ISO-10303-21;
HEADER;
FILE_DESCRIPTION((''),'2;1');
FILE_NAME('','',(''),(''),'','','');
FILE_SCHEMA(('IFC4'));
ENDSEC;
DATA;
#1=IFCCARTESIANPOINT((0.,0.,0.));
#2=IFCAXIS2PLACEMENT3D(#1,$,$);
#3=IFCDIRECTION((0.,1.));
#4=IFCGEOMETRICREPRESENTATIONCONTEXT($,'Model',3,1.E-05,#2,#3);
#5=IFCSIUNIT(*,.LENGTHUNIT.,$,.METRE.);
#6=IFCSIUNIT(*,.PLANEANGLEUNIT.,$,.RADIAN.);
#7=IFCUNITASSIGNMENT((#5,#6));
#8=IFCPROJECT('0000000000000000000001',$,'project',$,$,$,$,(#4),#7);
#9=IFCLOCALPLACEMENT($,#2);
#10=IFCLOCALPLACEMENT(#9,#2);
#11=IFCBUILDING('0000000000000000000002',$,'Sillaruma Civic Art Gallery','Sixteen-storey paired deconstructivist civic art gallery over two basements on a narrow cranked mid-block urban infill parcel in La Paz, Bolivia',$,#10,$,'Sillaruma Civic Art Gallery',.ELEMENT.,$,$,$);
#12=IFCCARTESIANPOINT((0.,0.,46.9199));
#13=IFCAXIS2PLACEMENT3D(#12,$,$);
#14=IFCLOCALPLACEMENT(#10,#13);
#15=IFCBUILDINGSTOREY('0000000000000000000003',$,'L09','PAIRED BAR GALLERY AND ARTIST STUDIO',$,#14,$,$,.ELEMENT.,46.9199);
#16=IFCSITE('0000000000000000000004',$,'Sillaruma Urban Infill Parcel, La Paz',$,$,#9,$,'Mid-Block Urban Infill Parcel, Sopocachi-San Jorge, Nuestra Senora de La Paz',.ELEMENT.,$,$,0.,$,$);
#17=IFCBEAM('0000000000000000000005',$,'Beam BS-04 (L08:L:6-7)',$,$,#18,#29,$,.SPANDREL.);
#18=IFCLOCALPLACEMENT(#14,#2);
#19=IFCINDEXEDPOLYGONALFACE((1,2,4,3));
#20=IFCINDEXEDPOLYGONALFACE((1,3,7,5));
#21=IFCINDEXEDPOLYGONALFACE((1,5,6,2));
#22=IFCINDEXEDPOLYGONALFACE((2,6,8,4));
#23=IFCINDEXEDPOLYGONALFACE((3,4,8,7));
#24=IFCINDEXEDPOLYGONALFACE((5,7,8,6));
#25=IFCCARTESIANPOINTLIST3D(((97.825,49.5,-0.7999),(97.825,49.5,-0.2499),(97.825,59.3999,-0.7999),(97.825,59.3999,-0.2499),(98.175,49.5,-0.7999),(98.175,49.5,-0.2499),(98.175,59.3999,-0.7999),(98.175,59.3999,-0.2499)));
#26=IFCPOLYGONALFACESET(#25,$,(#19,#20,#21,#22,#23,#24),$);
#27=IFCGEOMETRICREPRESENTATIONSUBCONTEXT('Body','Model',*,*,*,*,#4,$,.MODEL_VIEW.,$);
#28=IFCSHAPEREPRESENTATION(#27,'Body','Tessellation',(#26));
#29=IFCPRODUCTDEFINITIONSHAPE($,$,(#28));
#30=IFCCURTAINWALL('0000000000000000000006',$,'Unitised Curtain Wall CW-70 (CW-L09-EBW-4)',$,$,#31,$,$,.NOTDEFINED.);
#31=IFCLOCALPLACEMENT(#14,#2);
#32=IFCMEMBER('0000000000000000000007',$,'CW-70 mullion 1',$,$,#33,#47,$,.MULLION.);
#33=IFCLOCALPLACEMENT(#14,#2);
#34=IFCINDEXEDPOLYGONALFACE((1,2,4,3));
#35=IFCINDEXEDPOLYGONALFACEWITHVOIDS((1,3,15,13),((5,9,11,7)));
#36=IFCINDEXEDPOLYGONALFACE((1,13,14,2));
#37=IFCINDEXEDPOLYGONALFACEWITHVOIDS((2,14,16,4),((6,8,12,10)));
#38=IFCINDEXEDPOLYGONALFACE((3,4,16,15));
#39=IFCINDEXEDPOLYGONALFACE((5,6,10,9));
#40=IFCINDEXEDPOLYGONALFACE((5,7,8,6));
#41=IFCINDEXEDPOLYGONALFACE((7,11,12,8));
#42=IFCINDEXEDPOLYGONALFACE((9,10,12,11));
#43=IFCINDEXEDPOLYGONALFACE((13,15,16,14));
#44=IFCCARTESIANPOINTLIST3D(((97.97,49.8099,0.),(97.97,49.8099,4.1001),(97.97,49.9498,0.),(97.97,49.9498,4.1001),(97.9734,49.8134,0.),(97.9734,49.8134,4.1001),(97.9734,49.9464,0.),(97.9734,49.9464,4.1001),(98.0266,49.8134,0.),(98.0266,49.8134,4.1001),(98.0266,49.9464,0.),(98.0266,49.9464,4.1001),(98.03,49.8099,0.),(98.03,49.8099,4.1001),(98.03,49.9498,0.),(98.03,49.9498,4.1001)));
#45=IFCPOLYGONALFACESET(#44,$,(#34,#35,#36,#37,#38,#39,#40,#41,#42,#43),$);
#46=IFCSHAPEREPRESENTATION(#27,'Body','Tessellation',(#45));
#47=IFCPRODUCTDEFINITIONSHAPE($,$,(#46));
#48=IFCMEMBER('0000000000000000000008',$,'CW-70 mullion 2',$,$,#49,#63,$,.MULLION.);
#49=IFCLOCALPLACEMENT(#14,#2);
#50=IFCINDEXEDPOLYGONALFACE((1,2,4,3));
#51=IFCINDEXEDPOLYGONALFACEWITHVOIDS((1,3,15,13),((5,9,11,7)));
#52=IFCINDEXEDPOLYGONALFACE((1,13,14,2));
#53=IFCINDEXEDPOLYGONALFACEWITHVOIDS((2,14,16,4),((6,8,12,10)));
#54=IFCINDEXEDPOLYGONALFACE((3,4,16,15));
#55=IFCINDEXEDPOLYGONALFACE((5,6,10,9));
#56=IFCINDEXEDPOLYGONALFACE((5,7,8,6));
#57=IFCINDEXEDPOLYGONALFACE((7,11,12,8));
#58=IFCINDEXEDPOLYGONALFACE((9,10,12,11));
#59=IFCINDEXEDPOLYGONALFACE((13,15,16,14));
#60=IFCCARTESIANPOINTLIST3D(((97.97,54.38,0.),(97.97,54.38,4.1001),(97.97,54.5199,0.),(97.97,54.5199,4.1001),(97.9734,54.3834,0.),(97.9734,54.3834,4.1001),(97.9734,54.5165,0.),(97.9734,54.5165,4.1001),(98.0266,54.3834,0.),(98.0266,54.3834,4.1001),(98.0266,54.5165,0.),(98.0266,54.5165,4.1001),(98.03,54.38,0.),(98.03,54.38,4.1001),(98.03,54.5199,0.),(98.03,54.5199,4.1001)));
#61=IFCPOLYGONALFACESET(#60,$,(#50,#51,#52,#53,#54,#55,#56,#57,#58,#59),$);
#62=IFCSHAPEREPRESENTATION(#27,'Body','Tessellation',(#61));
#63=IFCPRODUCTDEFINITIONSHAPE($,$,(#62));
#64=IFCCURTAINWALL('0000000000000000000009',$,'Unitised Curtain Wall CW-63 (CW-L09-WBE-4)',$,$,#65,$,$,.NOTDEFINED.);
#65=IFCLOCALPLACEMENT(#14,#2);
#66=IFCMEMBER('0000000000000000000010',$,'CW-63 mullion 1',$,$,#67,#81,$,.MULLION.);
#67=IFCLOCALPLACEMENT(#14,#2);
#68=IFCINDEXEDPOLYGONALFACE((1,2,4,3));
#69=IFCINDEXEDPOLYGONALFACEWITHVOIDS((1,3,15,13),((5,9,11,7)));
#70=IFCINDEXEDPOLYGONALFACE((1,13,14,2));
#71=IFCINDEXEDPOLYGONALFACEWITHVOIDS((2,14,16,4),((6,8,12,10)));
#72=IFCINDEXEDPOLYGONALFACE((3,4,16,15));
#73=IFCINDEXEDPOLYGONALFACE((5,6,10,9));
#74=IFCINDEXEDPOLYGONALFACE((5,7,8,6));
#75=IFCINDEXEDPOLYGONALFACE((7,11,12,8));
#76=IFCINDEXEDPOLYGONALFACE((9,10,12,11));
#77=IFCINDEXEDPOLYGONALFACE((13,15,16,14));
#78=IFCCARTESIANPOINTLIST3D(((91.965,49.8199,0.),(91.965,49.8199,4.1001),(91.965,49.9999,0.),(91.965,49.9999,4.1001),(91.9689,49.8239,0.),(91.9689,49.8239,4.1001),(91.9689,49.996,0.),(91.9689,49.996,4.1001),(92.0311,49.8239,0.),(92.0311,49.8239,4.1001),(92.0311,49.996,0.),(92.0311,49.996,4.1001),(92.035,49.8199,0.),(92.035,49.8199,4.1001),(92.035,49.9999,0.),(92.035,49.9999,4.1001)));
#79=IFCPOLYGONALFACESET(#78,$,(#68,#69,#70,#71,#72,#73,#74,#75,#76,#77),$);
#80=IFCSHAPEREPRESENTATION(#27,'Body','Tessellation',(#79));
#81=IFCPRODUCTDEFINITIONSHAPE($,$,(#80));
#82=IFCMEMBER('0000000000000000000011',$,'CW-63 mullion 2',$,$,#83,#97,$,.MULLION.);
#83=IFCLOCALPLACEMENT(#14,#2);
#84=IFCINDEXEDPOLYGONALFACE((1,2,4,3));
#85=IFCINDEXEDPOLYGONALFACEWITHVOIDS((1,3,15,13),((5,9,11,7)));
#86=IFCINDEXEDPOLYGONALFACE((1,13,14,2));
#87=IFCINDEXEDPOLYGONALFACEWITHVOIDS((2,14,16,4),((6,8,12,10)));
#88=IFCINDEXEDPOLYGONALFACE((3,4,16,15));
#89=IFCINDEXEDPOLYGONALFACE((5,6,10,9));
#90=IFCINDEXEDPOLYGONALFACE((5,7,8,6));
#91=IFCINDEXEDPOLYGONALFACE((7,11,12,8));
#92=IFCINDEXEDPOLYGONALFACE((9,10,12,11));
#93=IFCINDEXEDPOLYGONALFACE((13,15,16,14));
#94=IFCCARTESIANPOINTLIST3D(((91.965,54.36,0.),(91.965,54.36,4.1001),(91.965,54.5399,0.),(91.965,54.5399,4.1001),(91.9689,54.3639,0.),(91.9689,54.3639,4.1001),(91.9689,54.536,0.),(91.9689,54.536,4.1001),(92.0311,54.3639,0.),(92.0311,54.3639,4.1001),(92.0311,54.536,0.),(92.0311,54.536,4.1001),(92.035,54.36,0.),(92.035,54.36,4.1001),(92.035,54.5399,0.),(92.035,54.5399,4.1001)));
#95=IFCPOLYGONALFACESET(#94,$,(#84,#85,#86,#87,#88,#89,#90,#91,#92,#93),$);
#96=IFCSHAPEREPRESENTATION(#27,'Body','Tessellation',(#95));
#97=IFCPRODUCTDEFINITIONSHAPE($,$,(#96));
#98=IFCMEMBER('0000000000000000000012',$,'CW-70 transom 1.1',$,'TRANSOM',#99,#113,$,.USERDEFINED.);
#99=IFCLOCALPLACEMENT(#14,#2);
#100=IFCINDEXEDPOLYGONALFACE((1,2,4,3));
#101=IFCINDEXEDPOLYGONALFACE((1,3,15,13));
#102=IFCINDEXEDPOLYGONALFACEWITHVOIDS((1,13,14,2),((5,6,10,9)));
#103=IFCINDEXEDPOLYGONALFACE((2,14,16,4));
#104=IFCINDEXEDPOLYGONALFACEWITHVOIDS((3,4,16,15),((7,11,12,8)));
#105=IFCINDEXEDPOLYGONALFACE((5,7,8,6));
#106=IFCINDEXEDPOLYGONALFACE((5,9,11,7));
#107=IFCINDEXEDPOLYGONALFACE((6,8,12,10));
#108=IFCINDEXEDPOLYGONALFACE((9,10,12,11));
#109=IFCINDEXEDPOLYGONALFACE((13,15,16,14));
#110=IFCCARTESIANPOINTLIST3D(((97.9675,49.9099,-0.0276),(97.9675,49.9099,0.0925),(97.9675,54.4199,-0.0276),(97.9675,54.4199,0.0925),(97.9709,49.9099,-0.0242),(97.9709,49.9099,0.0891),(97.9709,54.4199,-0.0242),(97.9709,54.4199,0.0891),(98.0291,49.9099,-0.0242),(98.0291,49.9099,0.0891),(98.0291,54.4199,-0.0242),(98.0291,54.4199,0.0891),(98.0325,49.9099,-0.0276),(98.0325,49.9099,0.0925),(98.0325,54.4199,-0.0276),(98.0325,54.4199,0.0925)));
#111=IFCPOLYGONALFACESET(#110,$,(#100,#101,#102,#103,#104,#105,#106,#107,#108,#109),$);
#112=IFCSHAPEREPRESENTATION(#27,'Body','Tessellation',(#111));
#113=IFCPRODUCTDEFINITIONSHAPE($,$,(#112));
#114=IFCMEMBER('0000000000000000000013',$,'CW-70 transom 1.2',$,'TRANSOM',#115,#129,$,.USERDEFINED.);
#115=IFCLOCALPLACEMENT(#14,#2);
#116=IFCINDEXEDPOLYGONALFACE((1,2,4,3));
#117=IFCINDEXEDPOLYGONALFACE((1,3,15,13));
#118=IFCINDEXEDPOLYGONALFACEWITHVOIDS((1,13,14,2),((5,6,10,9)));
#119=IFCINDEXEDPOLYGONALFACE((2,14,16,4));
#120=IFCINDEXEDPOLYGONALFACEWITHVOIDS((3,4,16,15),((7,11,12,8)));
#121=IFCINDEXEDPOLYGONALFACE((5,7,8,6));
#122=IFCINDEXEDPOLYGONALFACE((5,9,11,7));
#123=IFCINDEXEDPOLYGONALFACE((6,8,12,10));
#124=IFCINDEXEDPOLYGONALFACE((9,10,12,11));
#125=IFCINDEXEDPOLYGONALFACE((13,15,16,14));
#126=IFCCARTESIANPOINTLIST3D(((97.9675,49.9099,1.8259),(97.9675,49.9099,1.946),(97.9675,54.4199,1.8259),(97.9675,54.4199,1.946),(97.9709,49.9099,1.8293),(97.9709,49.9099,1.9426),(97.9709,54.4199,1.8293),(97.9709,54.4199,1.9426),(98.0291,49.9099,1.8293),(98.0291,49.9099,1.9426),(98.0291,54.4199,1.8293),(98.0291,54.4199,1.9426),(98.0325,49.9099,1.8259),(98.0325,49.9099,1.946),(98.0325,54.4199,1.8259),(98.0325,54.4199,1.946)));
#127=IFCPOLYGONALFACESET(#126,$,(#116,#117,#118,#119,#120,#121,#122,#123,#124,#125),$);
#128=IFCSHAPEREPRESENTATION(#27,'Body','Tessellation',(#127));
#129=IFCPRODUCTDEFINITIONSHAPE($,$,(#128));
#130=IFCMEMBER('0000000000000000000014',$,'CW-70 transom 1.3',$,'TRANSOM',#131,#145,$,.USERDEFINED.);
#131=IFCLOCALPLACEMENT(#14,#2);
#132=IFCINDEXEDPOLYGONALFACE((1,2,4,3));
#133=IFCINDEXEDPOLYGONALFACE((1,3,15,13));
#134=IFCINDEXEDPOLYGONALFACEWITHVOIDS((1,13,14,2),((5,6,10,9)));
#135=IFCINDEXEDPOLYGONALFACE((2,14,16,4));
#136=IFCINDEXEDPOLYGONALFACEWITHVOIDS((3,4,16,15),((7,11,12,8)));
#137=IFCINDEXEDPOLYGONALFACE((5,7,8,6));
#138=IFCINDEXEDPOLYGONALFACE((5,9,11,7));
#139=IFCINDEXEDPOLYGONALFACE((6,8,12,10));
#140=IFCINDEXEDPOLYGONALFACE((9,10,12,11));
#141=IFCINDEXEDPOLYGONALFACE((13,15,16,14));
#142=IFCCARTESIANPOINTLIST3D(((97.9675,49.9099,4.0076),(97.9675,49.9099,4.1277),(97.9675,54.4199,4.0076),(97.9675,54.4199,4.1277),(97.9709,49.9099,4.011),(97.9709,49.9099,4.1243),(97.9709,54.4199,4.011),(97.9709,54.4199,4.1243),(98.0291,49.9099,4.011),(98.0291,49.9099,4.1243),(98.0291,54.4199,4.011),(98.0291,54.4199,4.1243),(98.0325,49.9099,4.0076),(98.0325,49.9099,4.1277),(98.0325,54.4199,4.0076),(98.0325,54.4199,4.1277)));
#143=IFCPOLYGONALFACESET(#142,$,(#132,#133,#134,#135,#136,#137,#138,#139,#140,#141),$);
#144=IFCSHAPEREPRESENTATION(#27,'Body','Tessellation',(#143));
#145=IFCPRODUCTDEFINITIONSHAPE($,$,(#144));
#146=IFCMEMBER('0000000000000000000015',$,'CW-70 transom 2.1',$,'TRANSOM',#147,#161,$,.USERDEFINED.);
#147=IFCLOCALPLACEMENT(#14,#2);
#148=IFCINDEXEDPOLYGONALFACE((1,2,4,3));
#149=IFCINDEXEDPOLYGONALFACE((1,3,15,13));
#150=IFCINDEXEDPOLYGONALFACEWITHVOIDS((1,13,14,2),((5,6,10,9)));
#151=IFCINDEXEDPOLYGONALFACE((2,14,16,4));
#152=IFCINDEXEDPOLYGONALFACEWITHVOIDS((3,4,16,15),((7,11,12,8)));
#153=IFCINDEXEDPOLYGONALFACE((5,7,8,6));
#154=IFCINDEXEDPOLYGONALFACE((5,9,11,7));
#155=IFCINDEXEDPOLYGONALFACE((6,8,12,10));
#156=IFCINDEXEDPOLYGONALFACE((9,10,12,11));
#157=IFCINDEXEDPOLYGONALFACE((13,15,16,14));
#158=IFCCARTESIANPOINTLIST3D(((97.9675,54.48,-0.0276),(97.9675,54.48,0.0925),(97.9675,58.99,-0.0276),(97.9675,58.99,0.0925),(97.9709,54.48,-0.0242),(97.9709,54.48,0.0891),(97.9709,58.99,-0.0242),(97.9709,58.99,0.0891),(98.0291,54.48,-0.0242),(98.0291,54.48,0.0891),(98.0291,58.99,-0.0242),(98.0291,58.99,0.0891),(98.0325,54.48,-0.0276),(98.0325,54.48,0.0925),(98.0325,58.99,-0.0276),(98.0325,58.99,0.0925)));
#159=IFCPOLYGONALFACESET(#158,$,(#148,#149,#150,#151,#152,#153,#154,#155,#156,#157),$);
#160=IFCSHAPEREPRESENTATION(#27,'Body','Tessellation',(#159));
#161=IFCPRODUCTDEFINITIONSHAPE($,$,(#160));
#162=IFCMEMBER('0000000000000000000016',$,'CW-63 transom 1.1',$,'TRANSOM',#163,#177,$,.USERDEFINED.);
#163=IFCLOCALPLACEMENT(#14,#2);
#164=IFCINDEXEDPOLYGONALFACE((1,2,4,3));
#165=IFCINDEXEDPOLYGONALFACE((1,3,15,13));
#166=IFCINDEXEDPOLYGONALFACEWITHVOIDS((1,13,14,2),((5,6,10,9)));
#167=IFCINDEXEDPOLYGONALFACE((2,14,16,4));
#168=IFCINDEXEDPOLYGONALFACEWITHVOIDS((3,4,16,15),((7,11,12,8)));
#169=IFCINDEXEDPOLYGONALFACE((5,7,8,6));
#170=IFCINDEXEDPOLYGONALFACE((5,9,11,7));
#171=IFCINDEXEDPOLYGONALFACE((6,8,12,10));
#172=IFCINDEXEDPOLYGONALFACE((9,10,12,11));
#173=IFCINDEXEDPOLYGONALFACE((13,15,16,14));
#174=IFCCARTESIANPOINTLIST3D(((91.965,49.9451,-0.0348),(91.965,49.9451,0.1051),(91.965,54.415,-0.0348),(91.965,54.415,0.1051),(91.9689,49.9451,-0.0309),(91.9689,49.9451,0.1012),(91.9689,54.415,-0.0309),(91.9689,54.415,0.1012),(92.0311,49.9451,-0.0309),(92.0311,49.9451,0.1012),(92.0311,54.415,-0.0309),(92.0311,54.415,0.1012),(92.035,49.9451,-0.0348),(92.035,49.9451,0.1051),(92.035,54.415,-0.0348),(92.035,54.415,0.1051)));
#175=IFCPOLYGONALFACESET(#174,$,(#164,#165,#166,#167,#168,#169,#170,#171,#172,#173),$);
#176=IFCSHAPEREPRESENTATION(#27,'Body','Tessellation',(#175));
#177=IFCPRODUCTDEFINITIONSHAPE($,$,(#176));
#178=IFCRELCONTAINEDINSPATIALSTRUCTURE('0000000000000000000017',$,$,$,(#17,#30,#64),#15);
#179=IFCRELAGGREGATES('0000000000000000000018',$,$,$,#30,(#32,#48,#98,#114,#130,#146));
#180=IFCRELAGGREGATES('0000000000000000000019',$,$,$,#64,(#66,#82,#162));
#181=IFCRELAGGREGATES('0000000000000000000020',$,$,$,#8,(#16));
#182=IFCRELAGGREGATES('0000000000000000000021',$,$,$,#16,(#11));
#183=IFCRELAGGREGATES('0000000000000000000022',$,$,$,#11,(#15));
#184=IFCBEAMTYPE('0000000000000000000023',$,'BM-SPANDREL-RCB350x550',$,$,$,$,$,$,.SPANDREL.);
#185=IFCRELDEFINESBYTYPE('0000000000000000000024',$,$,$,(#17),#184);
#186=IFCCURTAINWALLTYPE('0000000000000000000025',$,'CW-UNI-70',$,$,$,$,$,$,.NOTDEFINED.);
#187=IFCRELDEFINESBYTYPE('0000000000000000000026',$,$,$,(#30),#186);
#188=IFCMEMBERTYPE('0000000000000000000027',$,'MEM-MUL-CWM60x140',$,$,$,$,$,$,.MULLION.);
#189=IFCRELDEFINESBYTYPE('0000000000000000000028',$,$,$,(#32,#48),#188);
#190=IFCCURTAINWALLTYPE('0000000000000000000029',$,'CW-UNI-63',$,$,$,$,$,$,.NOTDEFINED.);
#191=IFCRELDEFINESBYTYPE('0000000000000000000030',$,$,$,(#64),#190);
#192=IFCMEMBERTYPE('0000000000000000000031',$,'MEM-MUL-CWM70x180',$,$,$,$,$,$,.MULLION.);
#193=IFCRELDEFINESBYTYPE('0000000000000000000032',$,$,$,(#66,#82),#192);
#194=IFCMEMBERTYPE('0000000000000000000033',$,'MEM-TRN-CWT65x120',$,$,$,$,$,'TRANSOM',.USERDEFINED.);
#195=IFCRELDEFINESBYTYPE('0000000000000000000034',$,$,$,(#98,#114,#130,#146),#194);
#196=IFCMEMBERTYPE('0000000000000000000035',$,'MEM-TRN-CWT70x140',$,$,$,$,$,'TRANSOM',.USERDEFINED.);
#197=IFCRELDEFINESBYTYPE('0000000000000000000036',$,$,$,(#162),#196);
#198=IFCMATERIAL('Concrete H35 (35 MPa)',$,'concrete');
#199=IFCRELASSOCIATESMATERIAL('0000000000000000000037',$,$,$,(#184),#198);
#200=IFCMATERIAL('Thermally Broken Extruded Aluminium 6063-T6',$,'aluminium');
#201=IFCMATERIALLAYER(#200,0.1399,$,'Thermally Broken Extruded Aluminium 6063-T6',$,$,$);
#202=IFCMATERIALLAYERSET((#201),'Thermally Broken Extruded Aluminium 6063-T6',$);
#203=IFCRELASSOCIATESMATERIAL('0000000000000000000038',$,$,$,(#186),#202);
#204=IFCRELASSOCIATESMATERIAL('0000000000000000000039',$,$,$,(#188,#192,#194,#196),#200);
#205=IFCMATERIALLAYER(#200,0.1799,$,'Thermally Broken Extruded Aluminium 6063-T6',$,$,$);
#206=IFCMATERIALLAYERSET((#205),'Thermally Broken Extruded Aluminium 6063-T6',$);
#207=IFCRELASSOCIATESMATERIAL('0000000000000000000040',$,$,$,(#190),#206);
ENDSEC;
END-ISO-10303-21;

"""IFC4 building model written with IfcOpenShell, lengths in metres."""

from ifc_helpers import new_model, si_unit, direction, frame, origin, origin_2d, place, context, subcontext, project, spatial, rectangle, hollow_rectangle, extrude, material, layer, layer_set, material_profile, profile_set, type_object, element, aggregate, save


model = new_model("IFC4")

# Units and contexts
model_context = context("Model", 3, precision=1e-05, world=origin(), true_north=direction((0.0, 1.0)))
body_context = subcontext(model_context, "Body", "Model", "MODEL_VIEW")
ifc_project = project(units=[si_unit("LENGTHUNIT", "METRE"), si_unit("PLANEANGLEUNIT", "RADIAN")], contexts=[model_context])

# Site, building, storey
site_placement = place(None, origin())
site = spatial("IfcSite", under=ifc_project, at=site_placement, Name="Sillaruma Urban Infill Parcel, La Paz", LongName="Mid-Block Urban Infill Parcel, Sopocachi-San Jorge, Nuestra Senora de La Paz", CompositionType="ELEMENT", RefElevation=0.0)
building_placement = place(site_placement, origin())
building = spatial("IfcBuilding", under=site, at=building_placement, Name="Sillaruma Civic Art Gallery", Description="Sixteen-storey paired deconstructivist civic art gallery over two basements on a narrow cranked mid-block urban infill parcel in La Paz, Bolivia", LongName="Sillaruma Civic Art Gallery", CompositionType="ELEMENT")
storey_placement = place(building_placement, frame((0.0, 0.0, 46.9199)))
storey = spatial("IfcBuildingStorey", under=building, at=storey_placement, Name="L09", Description="PAIRED BAR GALLERY AND ARTIST STUDIO", CompositionType="ELEMENT", Elevation=46.9199)

# Beam
ifc_material_1 = material(Name="Concrete H35 (35 MPa)", Category="concrete")
ifc_material_profile_1 = material_profile(ifc_material_1, rectangle(XDim=0.3501, YDim=0.55, at=origin_2d()), Name="RCB350x550")
ifc_profile_set_1 = profile_set([ifc_material_profile_1], Name="Concrete H35 (35 MPa)")
beam_type = type_object("IfcBeamType", Name="BM-SPANDREL-RCB350x550", PredefinedType="SPANDREL", material=ifc_profile_set_1)
beam_placement = place(storey_placement, frame((98.0, 49.5, -0.5249), z_axis=(0.0, 1.0, 0.0), x_axis=(-1.0, 0.0, 0.0)))
element("IfcBeam", 1, at=beam_placement, inside=storey, type_object=beam_type, Name="Beam BS-04 (L08:L:6-7)", PredefinedType="SPANDREL", context=body_context, shape_type="SweptSolid", body=[
    extrude(rectangle(XDim=0.3501, YDim=0.55, at=origin_2d()), origin(), (0.0, 0.0, 1.0), 9.8999),
])

# Curtain walls, members
ifc_material_2 = material(Name="Thermally Broken Extruded Aluminium 6063-T6", Category="aluminium")
ifc_layer_1 = layer(ifc_material_2, 0.1399, Name="Thermally Broken Extruded Aluminium 6063-T6")
ifc_layer_set_1 = layer_set([ifc_layer_1], Name="Thermally Broken Extruded Aluminium 6063-T6")
curtain_wall_type_1 = type_object("IfcCurtainWallType", Name="CW-UNI-70", PredefinedType="NOTDEFINED", material=ifc_layer_set_1)
curtain_wall_1_placement = place(storey_placement, origin())
curtain_wall_1 = element("IfcCurtainWall", 2, at=curtain_wall_1_placement, inside=storey, type_object=curtain_wall_type_1, Name="Unitised Curtain Wall CW-70 (CW-L09-EBW-4)", PredefinedType="NOTDEFINED")
ifc_material_profile_2 = material_profile(ifc_material_2, hollow_rectangle(XDim=0.0601, YDim=0.1399, WallThickness=0.0034, at=origin_2d()), Name="CWM60x140")
ifc_profile_set_2 = profile_set([ifc_material_profile_2], Name="Thermally Broken Extruded Aluminium 6063-T6")
member_type_1 = type_object("IfcMemberType", Name="MEM-MUL-CWM60x140", PredefinedType="MULLION", material=ifc_profile_set_2)
member_1_placement = place(storey_placement, frame((98.0, 49.8799, 0.0), z_axis=(0.0, 0.0, 1.0), x_axis=(-1.0, 0.0, 0.0)))
member_1 = element("IfcMember", 3, at=member_1_placement, type_object=member_type_1, Name="CW-70 mullion 1", PredefinedType="MULLION", context=body_context, shape_type="SweptSolid", body=[
    extrude(hollow_rectangle(XDim=0.0601, YDim=0.1399, WallThickness=0.0034, at=origin_2d()), origin(), (0.0, 0.0, 1.0), 4.1001),
])
member_2_placement = place(storey_placement, frame((98.0, 54.45, 0.0), z_axis=(0.0, 0.0, 1.0), x_axis=(-1.0, 0.0, 0.0)))
member_2 = element("IfcMember", 4, at=member_2_placement, type_object=member_type_1, Name="CW-70 mullion 2", PredefinedType="MULLION", context=body_context, shape_type="SweptSolid", body=[
    extrude(hollow_rectangle(XDim=0.0601, YDim=0.1399, WallThickness=0.0034, at=origin_2d()), origin(), (0.0, 0.0, 1.0), 4.1001),
])
ifc_layer_2 = layer(ifc_material_2, 0.1799, Name="Thermally Broken Extruded Aluminium 6063-T6")
ifc_layer_set_2 = layer_set([ifc_layer_2], Name="Thermally Broken Extruded Aluminium 6063-T6")
curtain_wall_type_2 = type_object("IfcCurtainWallType", Name="CW-UNI-63", PredefinedType="NOTDEFINED", material=ifc_layer_set_2)
curtain_wall_2_placement = place(storey_placement, origin())
curtain_wall_2 = element("IfcCurtainWall", 5, at=curtain_wall_2_placement, inside=storey, type_object=curtain_wall_type_2, Name="Unitised Curtain Wall CW-63 (CW-L09-WBE-4)", PredefinedType="NOTDEFINED")
ifc_material_profile_3 = material_profile(ifc_material_2, hollow_rectangle(XDim=0.0701, YDim=0.1799, WallThickness=0.0039, at=origin_2d()), Name="CWM70x180")
ifc_profile_set_3 = profile_set([ifc_material_profile_3], Name="Thermally Broken Extruded Aluminium 6063-T6")
member_type_2 = type_object("IfcMemberType", Name="MEM-MUL-CWM70x180", PredefinedType="MULLION", material=ifc_profile_set_3)
member_3_placement = place(storey_placement, frame((92.0, 49.9099, 0.0), z_axis=(0.0, 0.0, 1.0), x_axis=(-1.0, 0.0, 0.0)))
member_3 = element("IfcMember", 6, at=member_3_placement, type_object=member_type_2, Name="CW-63 mullion 1", PredefinedType="MULLION", context=body_context, shape_type="SweptSolid", body=[
    extrude(hollow_rectangle(XDim=0.0701, YDim=0.1799, WallThickness=0.0039, at=origin_2d()), origin(), (0.0, 0.0, 1.0), 4.1001),
])
member_4_placement = place(storey_placement, frame((92.0, 54.45, 0.0), z_axis=(0.0, 0.0, 1.0), x_axis=(-1.0, 0.0, 0.0)))
member_4 = element("IfcMember", 7, at=member_4_placement, type_object=member_type_2, Name="CW-63 mullion 2", PredefinedType="MULLION", context=body_context, shape_type="SweptSolid", body=[
    extrude(hollow_rectangle(XDim=0.0701, YDim=0.1799, WallThickness=0.0039, at=origin_2d()), origin(), (0.0, 0.0, 1.0), 4.1001),
])

# Members
ifc_material_profile_4 = material_profile(ifc_material_2, hollow_rectangle(XDim=0.0649, YDim=0.1201, WallThickness=0.0034, at=origin_2d()), Name="CWT65x120")
ifc_profile_set_4 = profile_set([ifc_material_profile_4], Name="Thermally Broken Extruded Aluminium 6063-T6")
member_type_3 = type_object("IfcMemberType", Name="MEM-TRN-CWT65x120", ElementType="TRANSOM", PredefinedType="USERDEFINED", material=ifc_profile_set_4)
member_5_placement = place(storey_placement, frame((98.0, 49.9099, 0.0325), z_axis=(0.0, 1.0, 0.0), x_axis=(-1.0, 0.0, 0.0)))
member_5 = element("IfcMember", 8, at=member_5_placement, type_object=member_type_3, Name="CW-70 transom 1.1", ObjectType="TRANSOM", PredefinedType="USERDEFINED", context=body_context, shape_type="SweptSolid", body=[
    extrude(hollow_rectangle(XDim=0.0649, YDim=0.1201, WallThickness=0.0034, at=origin_2d()), origin(), (0.0, 0.0, 1.0), 4.51),
])
member_6_placement = place(storey_placement, frame((98.0, 49.9099, 1.886), z_axis=(0.0, 1.0, 0.0), x_axis=(-1.0, 0.0, 0.0)))
member_6 = element("IfcMember", 9, at=member_6_placement, type_object=member_type_3, Name="CW-70 transom 1.2", ObjectType="TRANSOM", PredefinedType="USERDEFINED", context=body_context, shape_type="SweptSolid", body=[
    extrude(hollow_rectangle(XDim=0.0649, YDim=0.1201, WallThickness=0.0034, at=origin_2d()), origin(), (0.0, 0.0, 1.0), 4.51),
])
member_7_placement = place(storey_placement, frame((98.0, 49.9099, 4.0676), z_axis=(0.0, 1.0, 0.0), x_axis=(-1.0, 0.0, 0.0)))
member_7 = element("IfcMember", 10, at=member_7_placement, type_object=member_type_3, Name="CW-70 transom 1.3", ObjectType="TRANSOM", PredefinedType="USERDEFINED", context=body_context, shape_type="SweptSolid", body=[
    extrude(hollow_rectangle(XDim=0.0649, YDim=0.1201, WallThickness=0.0034, at=origin_2d()), origin(), (0.0, 0.0, 1.0), 4.51),
])
member_8_placement = place(storey_placement, frame((98.0, 54.48, 0.0325), z_axis=(0.0, 1.0, 0.0), x_axis=(-1.0, 0.0, 0.0)))
member_8 = element("IfcMember", 11, at=member_8_placement, type_object=member_type_3, Name="CW-70 transom 2.1", ObjectType="TRANSOM", PredefinedType="USERDEFINED", context=body_context, shape_type="SweptSolid", body=[
    extrude(hollow_rectangle(XDim=0.0649, YDim=0.1201, WallThickness=0.0034, at=origin_2d()), origin(), (0.0, 0.0, 1.0), 4.51),
])
ifc_material_profile_5 = material_profile(ifc_material_2, hollow_rectangle(XDim=0.0701, YDim=0.1399, WallThickness=0.0039, at=origin_2d()), Name="CWT70x140")
ifc_profile_set_5 = profile_set([ifc_material_profile_5], Name="Thermally Broken Extruded Aluminium 6063-T6")
member_type_4 = type_object("IfcMemberType", Name="MEM-TRN-CWT70x140", ElementType="TRANSOM", PredefinedType="USERDEFINED", material=ifc_profile_set_5)
member_9_placement = place(storey_placement, frame((92.0, 49.9451, 0.0352), z_axis=(0.0, 1.0, 0.0), x_axis=(-1.0, 0.0, 0.0)))
member_9 = element("IfcMember", 12, at=member_9_placement, type_object=member_type_4, Name="CW-63 transom 1.1", ObjectType="TRANSOM", PredefinedType="USERDEFINED", context=body_context, shape_type="SweptSolid", body=[
    extrude(hollow_rectangle(XDim=0.0701, YDim=0.1399, WallThickness=0.0039, at=origin_2d()), origin(), (0.0, 0.0, 1.0), 4.47),
])

aggregate(curtain_wall_1, [member_1, member_2, member_5, member_6, member_7, member_8])
aggregate(curtain_wall_2, [member_3, member_4, member_9])

save(model, "model.ifc")
